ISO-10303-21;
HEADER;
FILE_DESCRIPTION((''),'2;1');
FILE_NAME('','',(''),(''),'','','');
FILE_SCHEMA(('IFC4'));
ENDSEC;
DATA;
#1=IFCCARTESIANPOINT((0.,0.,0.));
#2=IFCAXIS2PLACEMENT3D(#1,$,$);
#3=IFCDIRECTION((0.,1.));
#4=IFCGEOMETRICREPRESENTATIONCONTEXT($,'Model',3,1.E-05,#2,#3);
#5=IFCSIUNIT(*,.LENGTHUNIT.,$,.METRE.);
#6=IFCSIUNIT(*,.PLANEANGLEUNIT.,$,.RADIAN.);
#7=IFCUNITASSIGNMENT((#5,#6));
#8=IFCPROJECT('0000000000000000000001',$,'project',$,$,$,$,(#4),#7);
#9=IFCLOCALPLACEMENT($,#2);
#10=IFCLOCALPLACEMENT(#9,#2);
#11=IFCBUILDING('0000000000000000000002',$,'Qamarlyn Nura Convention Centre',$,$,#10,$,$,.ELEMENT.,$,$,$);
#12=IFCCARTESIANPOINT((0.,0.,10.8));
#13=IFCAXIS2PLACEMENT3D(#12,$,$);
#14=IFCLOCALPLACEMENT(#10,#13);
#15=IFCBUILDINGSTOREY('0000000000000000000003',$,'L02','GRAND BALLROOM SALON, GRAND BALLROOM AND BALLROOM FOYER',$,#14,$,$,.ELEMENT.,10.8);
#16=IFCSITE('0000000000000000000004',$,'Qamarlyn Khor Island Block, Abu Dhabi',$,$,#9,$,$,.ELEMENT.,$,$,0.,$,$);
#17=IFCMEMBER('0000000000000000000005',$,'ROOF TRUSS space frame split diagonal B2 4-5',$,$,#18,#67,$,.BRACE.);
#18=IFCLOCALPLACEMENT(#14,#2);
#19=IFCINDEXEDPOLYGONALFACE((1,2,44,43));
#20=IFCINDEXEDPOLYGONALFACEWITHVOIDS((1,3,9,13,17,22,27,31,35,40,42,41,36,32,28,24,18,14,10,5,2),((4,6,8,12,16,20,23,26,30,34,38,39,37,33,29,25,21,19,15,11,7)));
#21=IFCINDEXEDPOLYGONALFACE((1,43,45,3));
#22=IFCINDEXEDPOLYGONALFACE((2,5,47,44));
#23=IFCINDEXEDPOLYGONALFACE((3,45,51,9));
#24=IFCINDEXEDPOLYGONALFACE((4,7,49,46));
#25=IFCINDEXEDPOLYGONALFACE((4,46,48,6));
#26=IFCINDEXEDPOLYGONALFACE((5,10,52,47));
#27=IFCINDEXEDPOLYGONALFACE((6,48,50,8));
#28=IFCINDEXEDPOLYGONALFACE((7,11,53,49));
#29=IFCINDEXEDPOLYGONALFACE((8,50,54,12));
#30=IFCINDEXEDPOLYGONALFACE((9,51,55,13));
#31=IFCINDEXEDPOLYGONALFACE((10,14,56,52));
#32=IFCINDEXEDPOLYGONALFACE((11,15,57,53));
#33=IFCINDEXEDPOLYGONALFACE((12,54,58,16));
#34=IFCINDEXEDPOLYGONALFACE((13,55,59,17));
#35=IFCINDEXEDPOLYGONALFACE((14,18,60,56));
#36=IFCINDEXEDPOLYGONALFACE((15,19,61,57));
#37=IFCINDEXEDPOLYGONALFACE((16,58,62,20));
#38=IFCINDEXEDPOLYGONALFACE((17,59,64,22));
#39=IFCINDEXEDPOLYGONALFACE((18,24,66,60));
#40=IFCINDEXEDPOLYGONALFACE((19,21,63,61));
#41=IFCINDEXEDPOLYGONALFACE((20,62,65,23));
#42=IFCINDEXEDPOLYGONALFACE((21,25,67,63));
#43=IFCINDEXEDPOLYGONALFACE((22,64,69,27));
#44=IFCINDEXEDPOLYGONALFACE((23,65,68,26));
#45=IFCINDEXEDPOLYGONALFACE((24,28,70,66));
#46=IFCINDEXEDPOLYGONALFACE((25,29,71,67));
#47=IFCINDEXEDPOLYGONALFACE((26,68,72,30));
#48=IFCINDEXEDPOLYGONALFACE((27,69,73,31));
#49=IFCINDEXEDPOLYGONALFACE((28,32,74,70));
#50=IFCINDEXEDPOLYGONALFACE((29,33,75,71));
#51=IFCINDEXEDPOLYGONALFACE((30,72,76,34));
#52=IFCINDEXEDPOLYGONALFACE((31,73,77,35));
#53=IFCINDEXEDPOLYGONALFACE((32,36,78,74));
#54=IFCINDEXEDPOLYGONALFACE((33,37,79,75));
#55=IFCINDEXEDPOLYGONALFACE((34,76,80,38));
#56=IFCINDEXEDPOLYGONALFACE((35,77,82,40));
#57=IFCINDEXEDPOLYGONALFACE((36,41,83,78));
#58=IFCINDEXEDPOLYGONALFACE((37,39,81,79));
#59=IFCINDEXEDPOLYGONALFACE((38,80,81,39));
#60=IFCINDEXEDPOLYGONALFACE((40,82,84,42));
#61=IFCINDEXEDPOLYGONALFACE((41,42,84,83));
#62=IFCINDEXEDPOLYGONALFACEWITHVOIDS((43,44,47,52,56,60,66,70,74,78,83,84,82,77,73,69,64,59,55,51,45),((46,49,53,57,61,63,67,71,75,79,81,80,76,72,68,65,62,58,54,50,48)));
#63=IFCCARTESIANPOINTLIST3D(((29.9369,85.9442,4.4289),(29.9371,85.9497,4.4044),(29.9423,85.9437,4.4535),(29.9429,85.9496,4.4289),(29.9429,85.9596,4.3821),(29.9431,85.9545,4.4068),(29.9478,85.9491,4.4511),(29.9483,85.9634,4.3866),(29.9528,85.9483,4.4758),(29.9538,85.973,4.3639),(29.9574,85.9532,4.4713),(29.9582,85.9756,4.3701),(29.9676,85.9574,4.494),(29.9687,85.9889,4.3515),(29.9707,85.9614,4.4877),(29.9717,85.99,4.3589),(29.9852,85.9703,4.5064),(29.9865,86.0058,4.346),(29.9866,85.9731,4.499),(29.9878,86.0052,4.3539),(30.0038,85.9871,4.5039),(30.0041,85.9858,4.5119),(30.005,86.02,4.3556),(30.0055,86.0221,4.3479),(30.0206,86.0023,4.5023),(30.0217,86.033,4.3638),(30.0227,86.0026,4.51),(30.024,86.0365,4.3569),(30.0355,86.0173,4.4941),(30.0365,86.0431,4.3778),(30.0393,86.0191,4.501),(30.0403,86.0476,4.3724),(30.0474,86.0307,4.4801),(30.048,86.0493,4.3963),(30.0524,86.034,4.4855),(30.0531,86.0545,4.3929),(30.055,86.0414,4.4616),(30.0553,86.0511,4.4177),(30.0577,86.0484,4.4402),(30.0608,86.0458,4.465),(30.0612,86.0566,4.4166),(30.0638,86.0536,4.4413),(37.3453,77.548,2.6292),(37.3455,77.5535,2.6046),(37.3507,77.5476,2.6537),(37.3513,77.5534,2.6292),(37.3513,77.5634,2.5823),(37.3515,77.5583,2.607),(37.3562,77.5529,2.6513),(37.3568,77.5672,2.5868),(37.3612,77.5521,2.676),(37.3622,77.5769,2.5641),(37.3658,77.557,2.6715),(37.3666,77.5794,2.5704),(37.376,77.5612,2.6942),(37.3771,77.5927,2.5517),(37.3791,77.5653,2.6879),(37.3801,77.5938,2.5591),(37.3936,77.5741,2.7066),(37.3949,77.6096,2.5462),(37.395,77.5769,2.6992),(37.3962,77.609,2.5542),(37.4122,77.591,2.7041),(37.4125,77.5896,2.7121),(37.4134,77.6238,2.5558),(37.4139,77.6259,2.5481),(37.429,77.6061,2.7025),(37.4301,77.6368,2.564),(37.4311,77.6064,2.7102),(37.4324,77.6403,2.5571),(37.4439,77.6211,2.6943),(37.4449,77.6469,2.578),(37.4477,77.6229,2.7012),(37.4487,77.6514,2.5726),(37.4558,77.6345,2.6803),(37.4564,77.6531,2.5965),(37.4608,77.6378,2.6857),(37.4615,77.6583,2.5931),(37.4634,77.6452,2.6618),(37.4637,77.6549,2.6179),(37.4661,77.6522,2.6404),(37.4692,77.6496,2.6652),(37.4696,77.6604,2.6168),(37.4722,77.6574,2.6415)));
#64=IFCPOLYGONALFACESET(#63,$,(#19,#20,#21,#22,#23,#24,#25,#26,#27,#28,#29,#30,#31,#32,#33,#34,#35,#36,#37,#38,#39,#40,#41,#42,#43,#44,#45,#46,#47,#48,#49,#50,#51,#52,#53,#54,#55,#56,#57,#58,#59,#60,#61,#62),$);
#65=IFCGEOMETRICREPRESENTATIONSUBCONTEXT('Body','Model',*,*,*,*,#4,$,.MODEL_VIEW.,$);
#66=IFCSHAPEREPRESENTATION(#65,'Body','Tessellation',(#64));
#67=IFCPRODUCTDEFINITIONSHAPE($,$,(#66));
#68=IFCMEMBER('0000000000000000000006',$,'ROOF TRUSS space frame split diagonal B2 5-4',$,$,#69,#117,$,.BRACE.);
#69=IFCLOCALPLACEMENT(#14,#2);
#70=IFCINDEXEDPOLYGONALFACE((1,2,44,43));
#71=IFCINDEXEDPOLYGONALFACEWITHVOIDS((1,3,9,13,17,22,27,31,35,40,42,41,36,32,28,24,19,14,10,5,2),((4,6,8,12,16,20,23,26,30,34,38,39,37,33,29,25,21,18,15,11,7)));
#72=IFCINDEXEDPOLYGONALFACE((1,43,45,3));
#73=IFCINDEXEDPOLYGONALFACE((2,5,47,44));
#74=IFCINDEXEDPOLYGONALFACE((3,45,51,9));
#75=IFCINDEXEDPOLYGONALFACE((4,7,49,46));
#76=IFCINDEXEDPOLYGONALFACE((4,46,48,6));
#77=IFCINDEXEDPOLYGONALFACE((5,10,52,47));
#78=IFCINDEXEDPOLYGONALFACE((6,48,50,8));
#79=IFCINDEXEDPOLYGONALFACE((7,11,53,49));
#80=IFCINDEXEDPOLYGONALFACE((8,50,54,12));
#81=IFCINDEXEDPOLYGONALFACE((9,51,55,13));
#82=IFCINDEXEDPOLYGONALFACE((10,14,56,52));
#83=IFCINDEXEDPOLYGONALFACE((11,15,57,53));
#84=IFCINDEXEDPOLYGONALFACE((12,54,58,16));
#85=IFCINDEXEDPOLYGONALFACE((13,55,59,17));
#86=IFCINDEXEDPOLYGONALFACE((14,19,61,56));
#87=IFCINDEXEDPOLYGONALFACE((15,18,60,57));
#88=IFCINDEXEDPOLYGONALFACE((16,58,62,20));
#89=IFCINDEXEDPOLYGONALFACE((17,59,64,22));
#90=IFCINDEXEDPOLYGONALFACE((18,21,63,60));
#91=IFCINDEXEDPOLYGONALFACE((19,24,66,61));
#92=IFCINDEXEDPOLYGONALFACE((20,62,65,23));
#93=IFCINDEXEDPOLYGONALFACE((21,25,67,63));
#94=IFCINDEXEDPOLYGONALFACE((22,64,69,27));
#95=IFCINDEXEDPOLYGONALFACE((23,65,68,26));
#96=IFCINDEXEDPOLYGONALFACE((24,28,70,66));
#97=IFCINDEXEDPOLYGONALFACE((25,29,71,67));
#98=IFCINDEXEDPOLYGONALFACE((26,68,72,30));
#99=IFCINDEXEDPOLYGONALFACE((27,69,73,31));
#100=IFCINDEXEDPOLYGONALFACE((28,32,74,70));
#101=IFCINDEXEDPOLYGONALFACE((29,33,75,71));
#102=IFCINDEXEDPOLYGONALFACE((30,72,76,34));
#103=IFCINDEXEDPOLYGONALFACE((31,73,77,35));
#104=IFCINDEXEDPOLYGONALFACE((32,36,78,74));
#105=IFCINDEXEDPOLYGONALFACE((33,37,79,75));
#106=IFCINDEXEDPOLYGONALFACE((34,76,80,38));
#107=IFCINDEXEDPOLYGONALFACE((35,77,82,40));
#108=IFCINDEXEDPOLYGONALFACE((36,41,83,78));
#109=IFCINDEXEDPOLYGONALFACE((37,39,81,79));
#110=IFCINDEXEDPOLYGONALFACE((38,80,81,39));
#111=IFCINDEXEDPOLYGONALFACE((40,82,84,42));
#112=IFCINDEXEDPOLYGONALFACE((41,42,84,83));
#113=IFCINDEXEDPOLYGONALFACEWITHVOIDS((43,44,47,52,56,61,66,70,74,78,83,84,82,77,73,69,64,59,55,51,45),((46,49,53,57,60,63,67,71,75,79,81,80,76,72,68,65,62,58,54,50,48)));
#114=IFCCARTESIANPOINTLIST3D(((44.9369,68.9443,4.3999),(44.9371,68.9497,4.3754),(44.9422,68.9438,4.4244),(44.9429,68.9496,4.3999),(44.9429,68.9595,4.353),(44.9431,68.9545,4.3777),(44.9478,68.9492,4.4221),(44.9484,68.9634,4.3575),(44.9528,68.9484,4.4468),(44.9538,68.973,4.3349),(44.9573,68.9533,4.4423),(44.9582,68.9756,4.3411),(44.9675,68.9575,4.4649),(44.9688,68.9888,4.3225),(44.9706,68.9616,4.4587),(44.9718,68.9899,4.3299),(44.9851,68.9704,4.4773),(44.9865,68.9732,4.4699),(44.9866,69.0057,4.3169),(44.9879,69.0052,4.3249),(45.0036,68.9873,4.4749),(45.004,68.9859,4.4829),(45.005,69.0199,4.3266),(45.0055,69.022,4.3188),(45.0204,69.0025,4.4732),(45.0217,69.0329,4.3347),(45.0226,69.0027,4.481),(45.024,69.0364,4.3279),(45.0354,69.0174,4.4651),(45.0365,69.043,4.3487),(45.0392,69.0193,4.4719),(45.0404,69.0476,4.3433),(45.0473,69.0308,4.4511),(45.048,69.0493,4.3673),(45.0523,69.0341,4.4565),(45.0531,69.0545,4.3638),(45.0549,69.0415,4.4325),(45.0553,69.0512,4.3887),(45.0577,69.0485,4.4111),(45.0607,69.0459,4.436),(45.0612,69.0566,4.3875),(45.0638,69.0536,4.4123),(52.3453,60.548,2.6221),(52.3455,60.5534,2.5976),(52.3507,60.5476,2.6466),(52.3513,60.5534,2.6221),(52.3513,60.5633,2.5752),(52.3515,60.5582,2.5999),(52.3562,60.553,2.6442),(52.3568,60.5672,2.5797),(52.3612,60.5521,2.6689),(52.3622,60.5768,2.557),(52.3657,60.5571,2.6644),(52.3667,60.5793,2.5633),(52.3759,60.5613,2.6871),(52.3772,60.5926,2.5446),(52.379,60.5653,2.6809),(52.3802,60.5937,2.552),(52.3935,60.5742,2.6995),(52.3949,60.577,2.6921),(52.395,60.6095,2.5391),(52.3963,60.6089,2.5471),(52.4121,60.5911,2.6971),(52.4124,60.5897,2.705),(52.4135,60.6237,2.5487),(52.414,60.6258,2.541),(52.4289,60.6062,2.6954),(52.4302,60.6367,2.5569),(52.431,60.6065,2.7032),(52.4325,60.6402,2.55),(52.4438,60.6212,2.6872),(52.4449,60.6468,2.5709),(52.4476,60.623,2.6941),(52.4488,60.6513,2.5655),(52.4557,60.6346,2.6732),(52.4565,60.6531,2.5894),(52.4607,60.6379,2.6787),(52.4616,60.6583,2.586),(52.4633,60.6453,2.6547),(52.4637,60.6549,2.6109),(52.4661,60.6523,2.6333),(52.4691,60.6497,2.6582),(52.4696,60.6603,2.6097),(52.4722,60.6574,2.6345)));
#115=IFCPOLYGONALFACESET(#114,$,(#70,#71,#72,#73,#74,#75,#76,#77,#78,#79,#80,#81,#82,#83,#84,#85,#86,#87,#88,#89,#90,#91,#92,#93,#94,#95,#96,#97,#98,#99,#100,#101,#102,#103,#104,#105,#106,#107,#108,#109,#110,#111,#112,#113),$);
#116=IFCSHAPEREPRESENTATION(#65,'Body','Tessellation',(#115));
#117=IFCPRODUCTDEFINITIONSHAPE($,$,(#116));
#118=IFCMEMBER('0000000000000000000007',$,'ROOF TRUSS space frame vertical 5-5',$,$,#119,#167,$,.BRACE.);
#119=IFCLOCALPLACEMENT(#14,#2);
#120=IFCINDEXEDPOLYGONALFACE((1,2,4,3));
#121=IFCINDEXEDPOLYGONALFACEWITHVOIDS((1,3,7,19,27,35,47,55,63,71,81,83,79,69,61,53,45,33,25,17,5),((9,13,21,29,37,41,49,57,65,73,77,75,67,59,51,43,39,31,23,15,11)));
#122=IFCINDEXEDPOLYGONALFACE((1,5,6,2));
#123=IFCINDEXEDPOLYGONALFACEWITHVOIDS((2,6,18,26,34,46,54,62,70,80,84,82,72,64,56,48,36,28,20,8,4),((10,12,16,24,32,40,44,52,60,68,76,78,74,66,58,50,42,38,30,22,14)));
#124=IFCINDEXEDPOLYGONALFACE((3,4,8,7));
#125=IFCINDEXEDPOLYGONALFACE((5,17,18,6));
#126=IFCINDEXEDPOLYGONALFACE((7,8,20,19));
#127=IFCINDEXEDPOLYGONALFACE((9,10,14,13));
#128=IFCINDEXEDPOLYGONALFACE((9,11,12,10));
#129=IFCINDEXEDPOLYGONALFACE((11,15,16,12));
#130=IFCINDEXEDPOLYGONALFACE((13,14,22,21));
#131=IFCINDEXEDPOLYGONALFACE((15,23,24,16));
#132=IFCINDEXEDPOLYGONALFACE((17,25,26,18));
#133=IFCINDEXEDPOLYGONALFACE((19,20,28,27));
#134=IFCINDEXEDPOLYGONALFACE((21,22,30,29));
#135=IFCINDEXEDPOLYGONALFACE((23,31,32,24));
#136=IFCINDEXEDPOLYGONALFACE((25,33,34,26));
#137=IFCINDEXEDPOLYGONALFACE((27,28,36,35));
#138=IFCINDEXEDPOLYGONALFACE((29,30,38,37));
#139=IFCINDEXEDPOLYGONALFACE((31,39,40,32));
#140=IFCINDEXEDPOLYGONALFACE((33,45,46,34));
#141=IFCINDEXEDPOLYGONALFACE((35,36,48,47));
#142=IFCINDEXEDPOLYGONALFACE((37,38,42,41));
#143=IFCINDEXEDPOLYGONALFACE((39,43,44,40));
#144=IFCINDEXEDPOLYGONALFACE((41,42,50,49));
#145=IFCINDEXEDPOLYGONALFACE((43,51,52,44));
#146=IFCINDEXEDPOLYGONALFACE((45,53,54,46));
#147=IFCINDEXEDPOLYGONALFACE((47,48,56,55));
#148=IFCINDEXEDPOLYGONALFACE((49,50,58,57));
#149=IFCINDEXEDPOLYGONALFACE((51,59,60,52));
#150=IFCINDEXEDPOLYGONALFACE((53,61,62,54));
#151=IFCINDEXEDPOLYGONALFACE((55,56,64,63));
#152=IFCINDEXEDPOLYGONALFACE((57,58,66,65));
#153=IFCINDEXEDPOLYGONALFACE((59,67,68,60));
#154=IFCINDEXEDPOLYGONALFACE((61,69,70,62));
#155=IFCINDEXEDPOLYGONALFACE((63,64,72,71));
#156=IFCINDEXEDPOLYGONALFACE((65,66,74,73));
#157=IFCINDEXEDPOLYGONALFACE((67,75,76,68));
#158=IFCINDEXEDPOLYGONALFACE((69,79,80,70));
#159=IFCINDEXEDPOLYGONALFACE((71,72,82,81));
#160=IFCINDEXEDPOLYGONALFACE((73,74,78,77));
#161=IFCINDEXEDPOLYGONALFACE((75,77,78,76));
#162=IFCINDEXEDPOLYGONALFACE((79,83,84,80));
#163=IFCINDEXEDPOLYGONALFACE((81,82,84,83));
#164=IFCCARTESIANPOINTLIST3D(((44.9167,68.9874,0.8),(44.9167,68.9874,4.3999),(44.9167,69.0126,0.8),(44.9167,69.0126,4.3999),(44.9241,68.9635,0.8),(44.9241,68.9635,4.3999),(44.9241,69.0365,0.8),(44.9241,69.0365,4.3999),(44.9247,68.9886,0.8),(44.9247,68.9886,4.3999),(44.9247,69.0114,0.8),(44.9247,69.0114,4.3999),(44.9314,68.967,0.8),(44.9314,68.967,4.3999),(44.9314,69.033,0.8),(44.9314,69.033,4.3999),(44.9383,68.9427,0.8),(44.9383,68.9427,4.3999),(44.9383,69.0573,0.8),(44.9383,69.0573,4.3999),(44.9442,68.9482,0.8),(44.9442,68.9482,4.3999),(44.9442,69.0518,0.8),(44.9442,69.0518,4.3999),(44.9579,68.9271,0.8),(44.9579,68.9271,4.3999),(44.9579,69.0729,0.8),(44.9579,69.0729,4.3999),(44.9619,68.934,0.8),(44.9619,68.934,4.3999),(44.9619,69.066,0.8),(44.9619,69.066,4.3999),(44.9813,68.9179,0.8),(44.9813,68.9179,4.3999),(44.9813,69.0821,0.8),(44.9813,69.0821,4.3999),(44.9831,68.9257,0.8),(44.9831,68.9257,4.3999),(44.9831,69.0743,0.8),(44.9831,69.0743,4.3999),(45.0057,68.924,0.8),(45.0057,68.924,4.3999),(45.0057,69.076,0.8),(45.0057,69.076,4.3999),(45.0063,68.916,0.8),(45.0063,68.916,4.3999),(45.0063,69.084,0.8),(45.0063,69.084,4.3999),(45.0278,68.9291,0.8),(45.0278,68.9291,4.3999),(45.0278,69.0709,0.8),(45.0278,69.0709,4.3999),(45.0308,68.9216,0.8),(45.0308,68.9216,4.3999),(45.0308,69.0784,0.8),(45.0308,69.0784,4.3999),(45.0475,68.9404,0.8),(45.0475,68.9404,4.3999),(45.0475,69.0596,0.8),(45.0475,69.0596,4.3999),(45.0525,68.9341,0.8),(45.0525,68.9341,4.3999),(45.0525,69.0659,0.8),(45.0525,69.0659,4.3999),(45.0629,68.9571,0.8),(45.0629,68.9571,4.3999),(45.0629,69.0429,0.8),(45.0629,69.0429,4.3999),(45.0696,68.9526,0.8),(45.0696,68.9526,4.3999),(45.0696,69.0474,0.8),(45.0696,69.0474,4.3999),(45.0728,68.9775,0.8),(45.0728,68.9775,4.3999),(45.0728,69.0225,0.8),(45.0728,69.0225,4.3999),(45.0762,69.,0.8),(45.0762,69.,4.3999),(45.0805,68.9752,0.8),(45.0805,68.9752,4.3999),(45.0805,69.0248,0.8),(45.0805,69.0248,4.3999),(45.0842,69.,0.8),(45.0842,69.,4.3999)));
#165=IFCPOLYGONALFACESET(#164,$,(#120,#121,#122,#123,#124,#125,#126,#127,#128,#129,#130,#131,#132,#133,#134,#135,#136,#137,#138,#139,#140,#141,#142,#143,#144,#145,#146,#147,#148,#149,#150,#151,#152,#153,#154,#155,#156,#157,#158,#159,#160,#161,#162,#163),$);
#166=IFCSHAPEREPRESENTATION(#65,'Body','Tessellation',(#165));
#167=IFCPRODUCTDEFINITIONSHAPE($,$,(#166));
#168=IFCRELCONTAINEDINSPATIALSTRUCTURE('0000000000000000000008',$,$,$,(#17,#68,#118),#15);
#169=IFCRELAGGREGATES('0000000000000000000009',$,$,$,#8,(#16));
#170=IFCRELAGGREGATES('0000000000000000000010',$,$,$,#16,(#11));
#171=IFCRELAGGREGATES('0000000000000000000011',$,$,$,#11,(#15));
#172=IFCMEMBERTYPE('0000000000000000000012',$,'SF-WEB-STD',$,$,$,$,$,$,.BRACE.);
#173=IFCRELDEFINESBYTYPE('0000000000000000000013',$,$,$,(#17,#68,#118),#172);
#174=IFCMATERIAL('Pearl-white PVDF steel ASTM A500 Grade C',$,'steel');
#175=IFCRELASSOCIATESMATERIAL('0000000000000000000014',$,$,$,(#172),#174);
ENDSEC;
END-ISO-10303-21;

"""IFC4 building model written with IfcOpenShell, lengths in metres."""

from ifc_helpers import new_model, si_unit, direction, frame, origin, origin_2d, place, context, subcontext, project, spatial, hollow_circle, extrude, material, material_profile, profile_set, type_object, element, save


model = new_model("IFC4")

# Units and contexts
model_context = context("Model", 3, precision=1e-05, world=origin(), true_north=direction((0.0, 1.0)))
body_context = subcontext(model_context, "Body", "Model", "MODEL_VIEW")
ifc_project = project(units=[si_unit("LENGTHUNIT", "METRE"), si_unit("PLANEANGLEUNIT", "RADIAN")], contexts=[model_context])

# Site, building, storey
site_placement = place(None, origin())
site = spatial("IfcSite", under=ifc_project, at=site_placement, Name="Qamarlyn Khor Island Block, Abu Dhabi", CompositionType="ELEMENT", RefElevation=0.0)
building_placement = place(site_placement, origin())
building = spatial("IfcBuilding", under=site, at=building_placement, Name="Qamarlyn Nura Convention Centre", CompositionType="ELEMENT")
storey_placement = place(building_placement, frame((0.0, 0.0, 10.8)))
storey = spatial("IfcBuildingStorey", under=building, at=storey_placement, Name="L02", Description="GRAND BALLROOM SALON, GRAND BALLROOM AND BALLROOM FOYER", CompositionType="ELEMENT", Elevation=10.8)

# Members
ifc_material_1 = material(Name="Pearl-white PVDF steel ASTM A500 Grade C", Category="steel")
ifc_material_profile_1 = material_profile(ifc_material_1, hollow_circle(Radius=0.0842, WallThickness=0.0081, at=origin_2d()), Name="CHS168.3X8")
ifc_profile_set_1 = profile_set([ifc_material_profile_1], Name="Pearl-white PVDF steel ASTM A500 Grade C")
member_type_1 = type_object("IfcMemberType", Name="SF-WEB-STD", PredefinedType="BRACE", material=ifc_profile_set_1)
member_1_placement = place(storey_placement, frame((37.4084, 77.6038, 2.6292), z_axis=(-0.653237, 0.740335, 0.158697), x_axis=(-0.749838, -0.661622, 0.0)))
element("IfcMember", 1, at=member_1_placement, inside=storey, type_object=member_type_1, Name="ROOF TRUSS space frame split diagonal B2 4-5", PredefinedType="BRACE", context=body_context, shape_type="SweptSolid", body=[
    extrude(hollow_circle(Radius=0.0842, WallThickness=0.0081, at=origin_2d()), origin(), (0.0, 0.0, 1.0), 11.3411),
])
member_2_placement = place(storey_placement, frame((52.4084, 60.6038, 2.6221), z_axis=(-0.653437, 0.740562, 0.156808), x_axis=(-0.749838, -0.661622, 0.0)))
element("IfcMember", 2, at=member_2_placement, inside=storey, type_object=member_type_1, Name="ROOF TRUSS space frame split diagonal B2 5-4", PredefinedType="BRACE", context=body_context, shape_type="SweptSolid", body=[
    extrude(hollow_circle(Radius=0.0842, WallThickness=0.0081, at=origin_2d()), origin(), (0.0, 0.0, 1.0), 11.3376),
])
member_3_placement = place(storey_placement, frame((45.0, 69.0, 0.8), z_axis=(0.0, 0.0, 1.0), x_axis=(1.0, 0.0, 0.0)))
element("IfcMember", 3, at=member_3_placement, inside=storey, type_object=member_type_1, Name="ROOF TRUSS space frame vertical 5-5", PredefinedType="BRACE", context=body_context, shape_type="SweptSolid", body=[
    extrude(hollow_circle(Radius=0.0842, WallThickness=0.0081, at=origin_2d()), origin(), (0.0, 0.0, 1.0), 3.5999),
])

save(model, "model.ifc")
